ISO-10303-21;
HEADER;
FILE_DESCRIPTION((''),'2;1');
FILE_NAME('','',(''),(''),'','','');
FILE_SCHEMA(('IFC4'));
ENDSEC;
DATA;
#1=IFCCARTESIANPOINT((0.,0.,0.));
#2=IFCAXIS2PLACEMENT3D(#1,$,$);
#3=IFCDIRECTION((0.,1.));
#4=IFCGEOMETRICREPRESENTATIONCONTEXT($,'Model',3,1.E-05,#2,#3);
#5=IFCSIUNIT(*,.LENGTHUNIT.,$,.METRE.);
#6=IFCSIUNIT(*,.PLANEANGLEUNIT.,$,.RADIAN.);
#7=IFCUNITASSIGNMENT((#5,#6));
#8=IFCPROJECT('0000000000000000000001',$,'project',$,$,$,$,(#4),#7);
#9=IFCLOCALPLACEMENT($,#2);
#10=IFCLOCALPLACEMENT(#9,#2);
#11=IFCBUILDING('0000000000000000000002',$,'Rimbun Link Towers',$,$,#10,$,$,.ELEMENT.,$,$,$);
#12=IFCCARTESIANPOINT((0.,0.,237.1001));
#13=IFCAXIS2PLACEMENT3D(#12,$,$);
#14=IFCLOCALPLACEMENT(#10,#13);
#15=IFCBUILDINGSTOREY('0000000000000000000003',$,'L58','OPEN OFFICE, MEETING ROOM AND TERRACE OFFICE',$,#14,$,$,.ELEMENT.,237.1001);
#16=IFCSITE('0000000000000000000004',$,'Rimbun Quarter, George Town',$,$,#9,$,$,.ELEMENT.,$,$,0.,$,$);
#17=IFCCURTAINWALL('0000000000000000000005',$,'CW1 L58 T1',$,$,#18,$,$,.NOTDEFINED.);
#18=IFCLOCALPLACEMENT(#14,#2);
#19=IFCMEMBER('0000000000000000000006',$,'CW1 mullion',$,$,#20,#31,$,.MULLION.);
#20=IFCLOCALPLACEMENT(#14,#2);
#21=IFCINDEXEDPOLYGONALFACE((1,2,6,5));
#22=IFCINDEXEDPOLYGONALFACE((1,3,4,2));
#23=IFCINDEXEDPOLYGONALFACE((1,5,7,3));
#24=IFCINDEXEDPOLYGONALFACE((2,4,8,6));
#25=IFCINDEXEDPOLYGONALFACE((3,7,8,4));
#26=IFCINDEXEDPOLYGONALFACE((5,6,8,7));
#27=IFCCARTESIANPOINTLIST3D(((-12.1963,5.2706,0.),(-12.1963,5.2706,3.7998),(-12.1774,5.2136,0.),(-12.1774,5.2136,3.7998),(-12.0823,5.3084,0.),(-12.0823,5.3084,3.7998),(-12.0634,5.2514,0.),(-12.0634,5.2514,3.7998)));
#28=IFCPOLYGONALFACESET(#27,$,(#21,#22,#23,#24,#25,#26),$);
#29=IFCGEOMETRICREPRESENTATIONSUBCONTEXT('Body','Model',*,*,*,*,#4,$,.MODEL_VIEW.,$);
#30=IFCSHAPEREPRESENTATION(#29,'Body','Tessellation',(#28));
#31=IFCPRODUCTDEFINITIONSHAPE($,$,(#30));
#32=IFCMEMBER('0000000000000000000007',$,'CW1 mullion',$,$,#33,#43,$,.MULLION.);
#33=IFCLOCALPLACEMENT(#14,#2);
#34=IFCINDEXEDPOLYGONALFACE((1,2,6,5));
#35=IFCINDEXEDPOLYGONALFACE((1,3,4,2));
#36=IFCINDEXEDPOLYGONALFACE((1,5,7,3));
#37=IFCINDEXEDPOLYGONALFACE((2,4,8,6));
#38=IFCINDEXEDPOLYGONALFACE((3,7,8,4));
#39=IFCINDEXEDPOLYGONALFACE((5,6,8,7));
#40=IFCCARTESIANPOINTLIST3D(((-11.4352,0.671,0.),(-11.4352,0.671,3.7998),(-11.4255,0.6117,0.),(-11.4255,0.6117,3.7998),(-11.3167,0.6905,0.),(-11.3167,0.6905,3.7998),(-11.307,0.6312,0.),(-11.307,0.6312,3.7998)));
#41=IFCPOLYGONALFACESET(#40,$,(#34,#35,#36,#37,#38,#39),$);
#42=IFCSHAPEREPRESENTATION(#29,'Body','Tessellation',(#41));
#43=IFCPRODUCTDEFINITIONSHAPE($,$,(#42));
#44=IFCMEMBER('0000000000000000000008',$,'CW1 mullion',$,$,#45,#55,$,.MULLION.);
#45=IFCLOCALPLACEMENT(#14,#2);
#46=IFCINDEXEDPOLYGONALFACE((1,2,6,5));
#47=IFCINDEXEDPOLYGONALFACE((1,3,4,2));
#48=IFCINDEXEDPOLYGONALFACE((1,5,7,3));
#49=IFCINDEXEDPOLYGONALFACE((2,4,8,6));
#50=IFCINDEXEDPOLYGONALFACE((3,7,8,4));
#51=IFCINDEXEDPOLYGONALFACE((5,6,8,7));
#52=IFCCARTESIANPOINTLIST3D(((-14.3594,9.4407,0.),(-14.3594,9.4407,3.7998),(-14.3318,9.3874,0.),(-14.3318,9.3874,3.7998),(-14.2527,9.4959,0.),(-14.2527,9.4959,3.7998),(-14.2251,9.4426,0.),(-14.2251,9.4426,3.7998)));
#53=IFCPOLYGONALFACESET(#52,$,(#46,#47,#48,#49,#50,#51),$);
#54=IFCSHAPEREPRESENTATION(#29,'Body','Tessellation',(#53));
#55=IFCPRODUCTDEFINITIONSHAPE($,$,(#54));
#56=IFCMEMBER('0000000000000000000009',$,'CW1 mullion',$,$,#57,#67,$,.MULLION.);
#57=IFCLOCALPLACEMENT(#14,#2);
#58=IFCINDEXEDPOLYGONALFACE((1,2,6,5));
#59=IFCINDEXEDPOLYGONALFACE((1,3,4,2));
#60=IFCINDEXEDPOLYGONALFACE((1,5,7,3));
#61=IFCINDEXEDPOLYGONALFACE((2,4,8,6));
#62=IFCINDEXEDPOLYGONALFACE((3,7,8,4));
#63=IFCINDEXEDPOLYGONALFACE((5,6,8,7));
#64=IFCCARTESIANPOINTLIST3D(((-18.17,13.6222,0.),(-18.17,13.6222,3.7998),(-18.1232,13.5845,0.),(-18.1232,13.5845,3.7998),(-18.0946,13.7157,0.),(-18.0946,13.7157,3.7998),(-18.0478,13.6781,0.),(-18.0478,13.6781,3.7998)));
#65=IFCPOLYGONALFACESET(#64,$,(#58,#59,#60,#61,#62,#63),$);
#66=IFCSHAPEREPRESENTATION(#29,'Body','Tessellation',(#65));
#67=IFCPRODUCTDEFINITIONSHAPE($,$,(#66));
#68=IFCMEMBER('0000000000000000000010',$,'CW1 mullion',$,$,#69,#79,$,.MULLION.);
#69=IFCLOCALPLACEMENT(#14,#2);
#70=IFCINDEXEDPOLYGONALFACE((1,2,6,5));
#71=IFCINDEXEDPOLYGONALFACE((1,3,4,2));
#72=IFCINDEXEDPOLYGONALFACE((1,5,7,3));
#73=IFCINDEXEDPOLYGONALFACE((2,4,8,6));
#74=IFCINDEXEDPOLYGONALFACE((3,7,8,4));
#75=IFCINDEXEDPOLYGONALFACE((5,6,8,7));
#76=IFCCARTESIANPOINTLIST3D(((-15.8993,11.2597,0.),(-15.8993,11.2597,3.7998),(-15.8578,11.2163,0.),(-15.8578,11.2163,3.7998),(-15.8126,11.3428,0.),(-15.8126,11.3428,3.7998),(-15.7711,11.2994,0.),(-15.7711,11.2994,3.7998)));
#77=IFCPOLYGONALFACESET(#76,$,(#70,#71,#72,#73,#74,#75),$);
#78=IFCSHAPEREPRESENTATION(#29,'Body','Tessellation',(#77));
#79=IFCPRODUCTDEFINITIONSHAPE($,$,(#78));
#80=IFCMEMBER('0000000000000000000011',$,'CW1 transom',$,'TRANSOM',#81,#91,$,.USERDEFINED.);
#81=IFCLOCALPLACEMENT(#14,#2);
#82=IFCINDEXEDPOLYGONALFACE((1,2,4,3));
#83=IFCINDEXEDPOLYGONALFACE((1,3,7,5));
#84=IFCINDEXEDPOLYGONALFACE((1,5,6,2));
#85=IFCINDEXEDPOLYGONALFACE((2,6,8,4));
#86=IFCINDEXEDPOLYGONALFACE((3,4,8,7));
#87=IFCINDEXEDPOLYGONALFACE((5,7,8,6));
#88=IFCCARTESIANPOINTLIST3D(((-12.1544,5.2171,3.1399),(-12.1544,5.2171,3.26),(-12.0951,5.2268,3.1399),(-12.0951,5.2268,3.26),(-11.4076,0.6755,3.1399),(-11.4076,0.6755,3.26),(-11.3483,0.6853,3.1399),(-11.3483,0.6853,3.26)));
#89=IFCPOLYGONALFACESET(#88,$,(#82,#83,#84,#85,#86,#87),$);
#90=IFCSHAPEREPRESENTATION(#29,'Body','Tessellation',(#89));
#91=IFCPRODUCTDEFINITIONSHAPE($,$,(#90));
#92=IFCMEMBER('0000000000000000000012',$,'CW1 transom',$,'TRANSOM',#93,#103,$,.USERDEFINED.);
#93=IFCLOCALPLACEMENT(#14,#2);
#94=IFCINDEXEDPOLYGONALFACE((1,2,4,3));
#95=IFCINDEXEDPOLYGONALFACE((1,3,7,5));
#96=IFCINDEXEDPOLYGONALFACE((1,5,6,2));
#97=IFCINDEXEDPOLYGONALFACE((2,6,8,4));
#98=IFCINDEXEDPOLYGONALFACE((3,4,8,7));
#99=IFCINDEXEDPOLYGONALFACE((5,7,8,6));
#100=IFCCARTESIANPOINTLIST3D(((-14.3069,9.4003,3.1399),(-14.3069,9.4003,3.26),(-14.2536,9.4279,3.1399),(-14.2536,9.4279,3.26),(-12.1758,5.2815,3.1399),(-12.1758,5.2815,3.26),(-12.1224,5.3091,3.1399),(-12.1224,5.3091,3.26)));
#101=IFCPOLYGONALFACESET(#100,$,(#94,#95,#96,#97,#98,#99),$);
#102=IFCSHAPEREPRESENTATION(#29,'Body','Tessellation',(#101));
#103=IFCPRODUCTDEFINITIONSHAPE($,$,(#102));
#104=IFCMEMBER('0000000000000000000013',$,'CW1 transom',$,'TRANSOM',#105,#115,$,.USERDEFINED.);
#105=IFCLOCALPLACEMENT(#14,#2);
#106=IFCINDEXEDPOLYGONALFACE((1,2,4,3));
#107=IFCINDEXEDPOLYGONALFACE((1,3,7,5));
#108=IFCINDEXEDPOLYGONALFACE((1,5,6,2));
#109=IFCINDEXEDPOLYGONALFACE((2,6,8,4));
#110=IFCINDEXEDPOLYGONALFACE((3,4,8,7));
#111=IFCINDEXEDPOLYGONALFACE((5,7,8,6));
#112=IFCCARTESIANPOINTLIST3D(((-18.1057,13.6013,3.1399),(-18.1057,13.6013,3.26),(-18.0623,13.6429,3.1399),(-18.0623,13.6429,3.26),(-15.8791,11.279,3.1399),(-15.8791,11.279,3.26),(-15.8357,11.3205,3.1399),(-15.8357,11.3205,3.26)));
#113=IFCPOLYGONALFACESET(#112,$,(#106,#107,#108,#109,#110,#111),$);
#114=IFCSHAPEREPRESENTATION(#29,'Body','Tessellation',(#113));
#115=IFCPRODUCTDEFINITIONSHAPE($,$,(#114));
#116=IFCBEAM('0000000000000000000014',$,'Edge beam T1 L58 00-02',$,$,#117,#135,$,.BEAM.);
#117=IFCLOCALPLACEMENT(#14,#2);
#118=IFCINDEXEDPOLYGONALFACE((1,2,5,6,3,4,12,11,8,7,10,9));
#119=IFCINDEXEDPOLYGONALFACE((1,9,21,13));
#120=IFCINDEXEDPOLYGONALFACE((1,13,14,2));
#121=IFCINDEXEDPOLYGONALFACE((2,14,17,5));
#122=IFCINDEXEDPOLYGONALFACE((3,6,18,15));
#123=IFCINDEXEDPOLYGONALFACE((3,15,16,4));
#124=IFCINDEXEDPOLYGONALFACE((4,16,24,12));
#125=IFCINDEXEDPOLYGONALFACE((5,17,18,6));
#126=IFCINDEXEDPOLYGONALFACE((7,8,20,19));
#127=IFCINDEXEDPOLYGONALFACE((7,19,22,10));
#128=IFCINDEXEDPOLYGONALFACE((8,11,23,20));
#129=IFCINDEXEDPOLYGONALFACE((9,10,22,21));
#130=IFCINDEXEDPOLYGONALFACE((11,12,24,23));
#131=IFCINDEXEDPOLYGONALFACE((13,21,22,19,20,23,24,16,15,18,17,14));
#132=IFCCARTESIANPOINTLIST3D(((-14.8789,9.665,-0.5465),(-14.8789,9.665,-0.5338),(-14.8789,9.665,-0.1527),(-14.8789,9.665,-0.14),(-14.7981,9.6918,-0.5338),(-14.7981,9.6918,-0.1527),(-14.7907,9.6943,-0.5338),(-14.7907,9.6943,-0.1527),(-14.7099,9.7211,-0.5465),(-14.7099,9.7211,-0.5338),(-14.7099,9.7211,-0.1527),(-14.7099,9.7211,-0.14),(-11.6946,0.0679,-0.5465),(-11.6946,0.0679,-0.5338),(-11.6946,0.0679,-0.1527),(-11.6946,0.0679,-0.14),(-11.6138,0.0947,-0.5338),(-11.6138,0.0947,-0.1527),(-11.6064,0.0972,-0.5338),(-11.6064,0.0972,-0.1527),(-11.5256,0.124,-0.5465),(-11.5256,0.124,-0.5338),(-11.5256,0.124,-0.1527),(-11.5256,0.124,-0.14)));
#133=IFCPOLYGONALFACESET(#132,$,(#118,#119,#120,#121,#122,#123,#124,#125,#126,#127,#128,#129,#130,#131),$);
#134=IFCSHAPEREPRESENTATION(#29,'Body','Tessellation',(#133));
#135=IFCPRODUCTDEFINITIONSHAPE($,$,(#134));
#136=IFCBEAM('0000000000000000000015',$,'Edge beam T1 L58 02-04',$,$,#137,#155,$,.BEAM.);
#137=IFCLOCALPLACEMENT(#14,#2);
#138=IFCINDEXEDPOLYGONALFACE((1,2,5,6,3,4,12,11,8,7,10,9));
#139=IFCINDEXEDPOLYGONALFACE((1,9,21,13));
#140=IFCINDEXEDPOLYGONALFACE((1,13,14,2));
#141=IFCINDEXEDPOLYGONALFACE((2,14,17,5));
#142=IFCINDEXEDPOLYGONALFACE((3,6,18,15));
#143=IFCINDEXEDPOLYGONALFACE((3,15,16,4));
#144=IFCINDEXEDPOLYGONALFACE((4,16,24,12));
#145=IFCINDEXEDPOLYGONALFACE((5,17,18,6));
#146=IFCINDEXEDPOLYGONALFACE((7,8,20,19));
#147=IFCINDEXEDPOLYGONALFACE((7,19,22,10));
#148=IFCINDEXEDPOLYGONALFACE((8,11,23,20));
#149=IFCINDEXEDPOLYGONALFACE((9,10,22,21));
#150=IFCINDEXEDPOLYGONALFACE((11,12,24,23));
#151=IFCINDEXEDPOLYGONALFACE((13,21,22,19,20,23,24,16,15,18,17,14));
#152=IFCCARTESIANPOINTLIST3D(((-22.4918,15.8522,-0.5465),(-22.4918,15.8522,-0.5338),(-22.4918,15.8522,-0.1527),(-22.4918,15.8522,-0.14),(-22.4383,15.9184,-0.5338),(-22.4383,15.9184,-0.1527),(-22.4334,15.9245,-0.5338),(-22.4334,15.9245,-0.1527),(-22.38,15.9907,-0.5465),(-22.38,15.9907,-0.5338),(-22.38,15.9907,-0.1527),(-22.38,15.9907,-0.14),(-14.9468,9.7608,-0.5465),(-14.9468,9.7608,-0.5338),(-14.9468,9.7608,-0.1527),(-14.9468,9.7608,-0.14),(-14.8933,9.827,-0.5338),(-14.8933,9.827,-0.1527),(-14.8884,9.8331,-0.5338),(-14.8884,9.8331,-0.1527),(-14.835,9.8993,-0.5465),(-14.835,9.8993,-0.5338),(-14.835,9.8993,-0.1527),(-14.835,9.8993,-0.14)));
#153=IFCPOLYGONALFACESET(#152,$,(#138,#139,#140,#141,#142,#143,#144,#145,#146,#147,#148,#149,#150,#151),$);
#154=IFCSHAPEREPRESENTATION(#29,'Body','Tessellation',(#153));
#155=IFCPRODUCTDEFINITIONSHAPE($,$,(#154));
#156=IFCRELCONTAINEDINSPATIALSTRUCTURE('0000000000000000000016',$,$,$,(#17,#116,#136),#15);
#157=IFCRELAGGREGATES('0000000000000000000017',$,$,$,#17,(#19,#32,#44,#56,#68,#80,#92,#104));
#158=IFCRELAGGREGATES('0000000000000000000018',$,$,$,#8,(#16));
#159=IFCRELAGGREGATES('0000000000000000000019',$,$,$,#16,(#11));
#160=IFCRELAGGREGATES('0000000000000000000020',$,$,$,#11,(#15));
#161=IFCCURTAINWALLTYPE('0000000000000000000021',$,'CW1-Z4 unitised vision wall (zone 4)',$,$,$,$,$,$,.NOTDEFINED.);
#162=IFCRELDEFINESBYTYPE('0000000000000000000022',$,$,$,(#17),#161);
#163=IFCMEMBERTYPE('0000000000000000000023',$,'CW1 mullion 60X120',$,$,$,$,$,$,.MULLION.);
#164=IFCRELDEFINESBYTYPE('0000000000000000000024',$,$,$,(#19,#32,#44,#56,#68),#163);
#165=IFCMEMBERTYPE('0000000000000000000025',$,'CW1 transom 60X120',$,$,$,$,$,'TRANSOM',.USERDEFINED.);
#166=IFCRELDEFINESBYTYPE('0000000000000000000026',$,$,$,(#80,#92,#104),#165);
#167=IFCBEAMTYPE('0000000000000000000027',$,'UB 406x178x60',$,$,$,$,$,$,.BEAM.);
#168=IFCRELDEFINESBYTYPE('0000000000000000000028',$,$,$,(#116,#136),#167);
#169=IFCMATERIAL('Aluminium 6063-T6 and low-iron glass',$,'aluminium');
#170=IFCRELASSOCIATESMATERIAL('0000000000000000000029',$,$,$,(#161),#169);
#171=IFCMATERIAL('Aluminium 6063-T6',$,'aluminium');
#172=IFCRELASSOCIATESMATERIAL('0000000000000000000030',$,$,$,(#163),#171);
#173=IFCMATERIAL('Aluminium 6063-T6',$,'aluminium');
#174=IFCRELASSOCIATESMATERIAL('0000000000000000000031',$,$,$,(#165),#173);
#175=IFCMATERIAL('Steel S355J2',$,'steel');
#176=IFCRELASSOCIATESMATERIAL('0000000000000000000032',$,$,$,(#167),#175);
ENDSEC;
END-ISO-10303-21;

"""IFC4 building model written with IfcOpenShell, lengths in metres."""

from ifc_helpers import new_model, si_unit, direction, frame, origin, origin_2d, place, context, subcontext, project, spatial, rectangle, i_section, extrude, material, material_profile, profile_set, type_object, element, aggregate, save


model = new_model("IFC4")

# Units and contexts
model_context = context("Model", 3, precision=1e-05, world=origin(), true_north=direction((0.0, 1.0)))
body_context = subcontext(model_context, "Body", "Model", "MODEL_VIEW")
ifc_project = project(units=[si_unit("LENGTHUNIT", "METRE"), si_unit("PLANEANGLEUNIT", "RADIAN")], contexts=[model_context])

# Site, building, storey
site_placement = place(None, origin())
site = spatial("IfcSite", under=ifc_project, at=site_placement, Name="Rimbun Quarter, George Town", CompositionType="ELEMENT", RefElevation=0.0)
building_placement = place(site_placement, origin())
building = spatial("IfcBuilding", under=site, at=building_placement, Name="Rimbun Link Towers", CompositionType="ELEMENT")
storey_placement = place(building_placement, frame((0.0, 0.0, 237.1001)))
storey = spatial("IfcBuildingStorey", under=building, at=storey_placement, Name="L58", Description="OPEN OFFICE, MEETING ROOM AND TERRACE OFFICE", CompositionType="ELEMENT", Elevation=237.1001)

# Curtain wall, members
ifc_material_1 = material(Name="Aluminium 6063-T6 and low-iron glass", Category="aluminium")
curtain_wall_type = type_object("IfcCurtainWallType", Name="CW1-Z4 unitised vision wall (zone 4)", PredefinedType="NOTDEFINED", material=ifc_material_1)
curtain_wall_placement = place(storey_placement, origin())
curtain_wall = element("IfcCurtainWall", 1, at=curtain_wall_placement, inside=storey, type_object=curtain_wall_type, Name="CW1 L58 T1", PredefinedType="NOTDEFINED")
ifc_material_2 = material(Name="Aluminium 6063-T6", Category="aluminium")
ifc_material_profile_1 = material_profile(ifc_material_2, rectangle(XDim=0.1201, YDim=0.0601, at=origin_2d()), Name="MULLION 60X120")
ifc_profile_set_1 = profile_set([ifc_material_profile_1], Name="Aluminium 6063-T6")
member_type_1 = type_object("IfcMemberType", Name="CW1 mullion 60X120", PredefinedType="MULLION", material=ifc_profile_set_1)
member_1_placement = place(storey_placement, frame((-12.1299, 5.261, 0.0), z_axis=(0.0, 0.0, 1.0), x_axis=(0.949161, 0.31479, 0.0)))
member_1 = element("IfcMember", 2, at=member_1_placement, type_object=member_type_1, Name="CW1 mullion", PredefinedType="MULLION", context=body_context, shape_type="SweptSolid", body=[
    extrude(rectangle(XDim=0.1201, YDim=0.0601, at=origin_2d()), origin(), (0.0, 0.0, 1.0), 3.7998),
])
member_2_placement = place(storey_placement, frame((-11.3711, 0.6511, 0.0), z_axis=(0.0, 0.0, 1.0), x_axis=(0.986748, 0.162262, 0.0)))
member_2 = element("IfcMember", 3, at=member_2_placement, type_object=member_type_1, Name="CW1 mullion", PredefinedType="MULLION", context=body_context, shape_type="SweptSolid", body=[
    extrude(rectangle(XDim=0.1201, YDim=0.0601, at=origin_2d()), origin(), (0.0, 0.0, 1.0), 3.7998),
])
member_3_placement = place(storey_placement, frame((-14.2922, 9.4417, 0.0), z_axis=(0.0, 0.0, 1.0), x_axis=(0.888152, 0.45955, 0.0)))
member_3 = element("IfcMember", 4, at=member_3_placement, type_object=member_type_1, Name="CW1 mullion", PredefinedType="MULLION", context=body_context, shape_type="SweptSolid", body=[
    extrude(rectangle(XDim=0.1201, YDim=0.0601, at=origin_2d()), origin(), (0.0, 0.0, 1.0), 3.7998),
])
member_4_placement = place(storey_placement, frame((-18.1089, 13.6501, 0.0), z_axis=(0.0, 0.0, 1.0), x_axis=(0.627668, 0.778481, 0.0)))
member_4 = element("IfcMember", 5, at=member_4_placement, type_object=member_type_1, Name="CW1 mullion", PredefinedType="MULLION", context=body_context, shape_type="SweptSolid", body=[
    extrude(rectangle(XDim=0.1201, YDim=0.0601, at=origin_2d()), origin(), (0.0, 0.0, 1.0), 3.7998),
])
member_5_placement = place(storey_placement, frame((-15.8352, 11.2795, 0.0), z_axis=(0.0, 0.0, 1.0), x_axis=(0.721842, 0.692058, 0.0)))
member_5 = element("IfcMember", 6, at=member_5_placement, type_object=member_type_1, Name="CW1 mullion", PredefinedType="MULLION", context=body_context, shape_type="SweptSolid", body=[
    extrude(rectangle(XDim=0.1201, YDim=0.0601, at=origin_2d()), origin(), (0.0, 0.0, 1.0), 3.7998),
])
ifc_material_3 = material(Name="Aluminium 6063-T6", Category="aluminium")
ifc_material_profile_2 = material_profile(ifc_material_3, rectangle(XDim=0.0601, YDim=0.1201, at=origin_2d()), Name="TRANSOM 60X120")
ifc_profile_set_2 = profile_set([ifc_material_profile_2], Name="Aluminium 6063-T6")
member_type_2 = type_object("IfcMemberType", Name="CW1 transom 60X120", ElementType="TRANSOM", PredefinedType="USERDEFINED", material=ifc_profile_set_2)
member_6_placement = place(storey_placement, frame((-12.1248, 5.2219, 3.2), z_axis=(0.162265, -0.986747, 0.0), x_axis=(0.986747, 0.162265, 0.0)))
member_6 = element("IfcMember", 7, at=member_6_placement, type_object=member_type_2, Name="CW1 transom", ObjectType="TRANSOM", PredefinedType="USERDEFINED", context=body_context, shape_type="SweptSolid", body=[
    extrude(rectangle(XDim=0.0601, YDim=0.1201, at=origin_2d()), origin(), (0.0, 0.0, 1.0), 4.6025),
])
member_7_placement = place(storey_placement, frame((-14.2803, 9.4141, 3.2), z_axis=(0.459553, -0.88815, 0.0), x_axis=(0.88815, 0.459553, 0.0)))
member_7 = element("IfcMember", 8, at=member_7_placement, type_object=member_type_2, Name="CW1 transom", ObjectType="TRANSOM", PredefinedType="USERDEFINED", context=body_context, shape_type="SweptSolid", body=[
    extrude(rectangle(XDim=0.0601, YDim=0.1201, at=origin_2d()), origin(), (0.0, 0.0, 1.0), 4.6375),
])
member_8_placement = place(storey_placement, frame((-18.084, 13.6221, 3.2), z_axis=(0.692077, -0.721824, 0.0), x_axis=(0.721824, 0.692077, 0.0)))
member_8 = element("IfcMember", 9, at=member_8_placement, type_object=member_type_2, Name="CW1 transom", ObjectType="TRANSOM", PredefinedType="USERDEFINED", context=body_context, shape_type="SweptSolid", body=[
    extrude(rectangle(XDim=0.0601, YDim=0.1201, at=origin_2d()), origin(), (0.0, 0.0, 1.0), 3.2173),
])

# Beams
ifc_material_4 = material(Name="Steel S355J2", Category="steel")
ifc_material_profile_3 = material_profile(ifc_material_4, i_section(OverallWidth=0.178, OverallDepth=0.4065, WebThickness=0.0078, FlangeThickness=0.0127, at=origin_2d()), Name="UB 406x178x60")
ifc_profile_set_3 = profile_set([ifc_material_profile_3], Name="Steel S355J2")
beam_type = type_object("IfcBeamType", Name="UB 406x178x60", PredefinedType="BEAM", material=ifc_profile_set_3)
beam_1_placement = place(storey_placement, frame((-11.6101, 0.0959, -0.3433), z_axis=(-0.314916, 0.949119, 0.0), x_axis=(-0.949119, -0.314916, 0.0)))
element("IfcBeam", 10, at=beam_1_placement, inside=storey, type_object=beam_type, Name="Edge beam T1 L58 00-02", PredefinedType="BEAM", context=body_context, shape_type="SweptSolid", body=[
    extrude(i_section(OverallWidth=0.178, OverallDepth=0.4065, WebThickness=0.0078, FlangeThickness=0.0127, at=origin_2d()), origin(), (0.0, 0.0, 1.0), 10.1116),
])
beam_2_placement = place(storey_placement, frame((-14.8909, 9.8301, -0.3433), z_axis=(-0.778076, 0.628171, 0.0), x_axis=(-0.628171, -0.778076, 0.0)))
element("IfcBeam", 11, at=beam_2_placement, inside=storey, type_object=beam_type, Name="Edge beam T1 L58 02-04", PredefinedType="BEAM", context=body_context, shape_type="SweptSolid", body=[
    extrude(i_section(OverallWidth=0.178, OverallDepth=0.4065, WebThickness=0.0078, FlangeThickness=0.0127, at=origin_2d()), origin(), (0.0, 0.0, 1.0), 9.697),
])

aggregate(curtain_wall, [member_1, member_2, member_3, member_4, member_5, member_6, member_7, member_8])

save(model, "model.ifc")
